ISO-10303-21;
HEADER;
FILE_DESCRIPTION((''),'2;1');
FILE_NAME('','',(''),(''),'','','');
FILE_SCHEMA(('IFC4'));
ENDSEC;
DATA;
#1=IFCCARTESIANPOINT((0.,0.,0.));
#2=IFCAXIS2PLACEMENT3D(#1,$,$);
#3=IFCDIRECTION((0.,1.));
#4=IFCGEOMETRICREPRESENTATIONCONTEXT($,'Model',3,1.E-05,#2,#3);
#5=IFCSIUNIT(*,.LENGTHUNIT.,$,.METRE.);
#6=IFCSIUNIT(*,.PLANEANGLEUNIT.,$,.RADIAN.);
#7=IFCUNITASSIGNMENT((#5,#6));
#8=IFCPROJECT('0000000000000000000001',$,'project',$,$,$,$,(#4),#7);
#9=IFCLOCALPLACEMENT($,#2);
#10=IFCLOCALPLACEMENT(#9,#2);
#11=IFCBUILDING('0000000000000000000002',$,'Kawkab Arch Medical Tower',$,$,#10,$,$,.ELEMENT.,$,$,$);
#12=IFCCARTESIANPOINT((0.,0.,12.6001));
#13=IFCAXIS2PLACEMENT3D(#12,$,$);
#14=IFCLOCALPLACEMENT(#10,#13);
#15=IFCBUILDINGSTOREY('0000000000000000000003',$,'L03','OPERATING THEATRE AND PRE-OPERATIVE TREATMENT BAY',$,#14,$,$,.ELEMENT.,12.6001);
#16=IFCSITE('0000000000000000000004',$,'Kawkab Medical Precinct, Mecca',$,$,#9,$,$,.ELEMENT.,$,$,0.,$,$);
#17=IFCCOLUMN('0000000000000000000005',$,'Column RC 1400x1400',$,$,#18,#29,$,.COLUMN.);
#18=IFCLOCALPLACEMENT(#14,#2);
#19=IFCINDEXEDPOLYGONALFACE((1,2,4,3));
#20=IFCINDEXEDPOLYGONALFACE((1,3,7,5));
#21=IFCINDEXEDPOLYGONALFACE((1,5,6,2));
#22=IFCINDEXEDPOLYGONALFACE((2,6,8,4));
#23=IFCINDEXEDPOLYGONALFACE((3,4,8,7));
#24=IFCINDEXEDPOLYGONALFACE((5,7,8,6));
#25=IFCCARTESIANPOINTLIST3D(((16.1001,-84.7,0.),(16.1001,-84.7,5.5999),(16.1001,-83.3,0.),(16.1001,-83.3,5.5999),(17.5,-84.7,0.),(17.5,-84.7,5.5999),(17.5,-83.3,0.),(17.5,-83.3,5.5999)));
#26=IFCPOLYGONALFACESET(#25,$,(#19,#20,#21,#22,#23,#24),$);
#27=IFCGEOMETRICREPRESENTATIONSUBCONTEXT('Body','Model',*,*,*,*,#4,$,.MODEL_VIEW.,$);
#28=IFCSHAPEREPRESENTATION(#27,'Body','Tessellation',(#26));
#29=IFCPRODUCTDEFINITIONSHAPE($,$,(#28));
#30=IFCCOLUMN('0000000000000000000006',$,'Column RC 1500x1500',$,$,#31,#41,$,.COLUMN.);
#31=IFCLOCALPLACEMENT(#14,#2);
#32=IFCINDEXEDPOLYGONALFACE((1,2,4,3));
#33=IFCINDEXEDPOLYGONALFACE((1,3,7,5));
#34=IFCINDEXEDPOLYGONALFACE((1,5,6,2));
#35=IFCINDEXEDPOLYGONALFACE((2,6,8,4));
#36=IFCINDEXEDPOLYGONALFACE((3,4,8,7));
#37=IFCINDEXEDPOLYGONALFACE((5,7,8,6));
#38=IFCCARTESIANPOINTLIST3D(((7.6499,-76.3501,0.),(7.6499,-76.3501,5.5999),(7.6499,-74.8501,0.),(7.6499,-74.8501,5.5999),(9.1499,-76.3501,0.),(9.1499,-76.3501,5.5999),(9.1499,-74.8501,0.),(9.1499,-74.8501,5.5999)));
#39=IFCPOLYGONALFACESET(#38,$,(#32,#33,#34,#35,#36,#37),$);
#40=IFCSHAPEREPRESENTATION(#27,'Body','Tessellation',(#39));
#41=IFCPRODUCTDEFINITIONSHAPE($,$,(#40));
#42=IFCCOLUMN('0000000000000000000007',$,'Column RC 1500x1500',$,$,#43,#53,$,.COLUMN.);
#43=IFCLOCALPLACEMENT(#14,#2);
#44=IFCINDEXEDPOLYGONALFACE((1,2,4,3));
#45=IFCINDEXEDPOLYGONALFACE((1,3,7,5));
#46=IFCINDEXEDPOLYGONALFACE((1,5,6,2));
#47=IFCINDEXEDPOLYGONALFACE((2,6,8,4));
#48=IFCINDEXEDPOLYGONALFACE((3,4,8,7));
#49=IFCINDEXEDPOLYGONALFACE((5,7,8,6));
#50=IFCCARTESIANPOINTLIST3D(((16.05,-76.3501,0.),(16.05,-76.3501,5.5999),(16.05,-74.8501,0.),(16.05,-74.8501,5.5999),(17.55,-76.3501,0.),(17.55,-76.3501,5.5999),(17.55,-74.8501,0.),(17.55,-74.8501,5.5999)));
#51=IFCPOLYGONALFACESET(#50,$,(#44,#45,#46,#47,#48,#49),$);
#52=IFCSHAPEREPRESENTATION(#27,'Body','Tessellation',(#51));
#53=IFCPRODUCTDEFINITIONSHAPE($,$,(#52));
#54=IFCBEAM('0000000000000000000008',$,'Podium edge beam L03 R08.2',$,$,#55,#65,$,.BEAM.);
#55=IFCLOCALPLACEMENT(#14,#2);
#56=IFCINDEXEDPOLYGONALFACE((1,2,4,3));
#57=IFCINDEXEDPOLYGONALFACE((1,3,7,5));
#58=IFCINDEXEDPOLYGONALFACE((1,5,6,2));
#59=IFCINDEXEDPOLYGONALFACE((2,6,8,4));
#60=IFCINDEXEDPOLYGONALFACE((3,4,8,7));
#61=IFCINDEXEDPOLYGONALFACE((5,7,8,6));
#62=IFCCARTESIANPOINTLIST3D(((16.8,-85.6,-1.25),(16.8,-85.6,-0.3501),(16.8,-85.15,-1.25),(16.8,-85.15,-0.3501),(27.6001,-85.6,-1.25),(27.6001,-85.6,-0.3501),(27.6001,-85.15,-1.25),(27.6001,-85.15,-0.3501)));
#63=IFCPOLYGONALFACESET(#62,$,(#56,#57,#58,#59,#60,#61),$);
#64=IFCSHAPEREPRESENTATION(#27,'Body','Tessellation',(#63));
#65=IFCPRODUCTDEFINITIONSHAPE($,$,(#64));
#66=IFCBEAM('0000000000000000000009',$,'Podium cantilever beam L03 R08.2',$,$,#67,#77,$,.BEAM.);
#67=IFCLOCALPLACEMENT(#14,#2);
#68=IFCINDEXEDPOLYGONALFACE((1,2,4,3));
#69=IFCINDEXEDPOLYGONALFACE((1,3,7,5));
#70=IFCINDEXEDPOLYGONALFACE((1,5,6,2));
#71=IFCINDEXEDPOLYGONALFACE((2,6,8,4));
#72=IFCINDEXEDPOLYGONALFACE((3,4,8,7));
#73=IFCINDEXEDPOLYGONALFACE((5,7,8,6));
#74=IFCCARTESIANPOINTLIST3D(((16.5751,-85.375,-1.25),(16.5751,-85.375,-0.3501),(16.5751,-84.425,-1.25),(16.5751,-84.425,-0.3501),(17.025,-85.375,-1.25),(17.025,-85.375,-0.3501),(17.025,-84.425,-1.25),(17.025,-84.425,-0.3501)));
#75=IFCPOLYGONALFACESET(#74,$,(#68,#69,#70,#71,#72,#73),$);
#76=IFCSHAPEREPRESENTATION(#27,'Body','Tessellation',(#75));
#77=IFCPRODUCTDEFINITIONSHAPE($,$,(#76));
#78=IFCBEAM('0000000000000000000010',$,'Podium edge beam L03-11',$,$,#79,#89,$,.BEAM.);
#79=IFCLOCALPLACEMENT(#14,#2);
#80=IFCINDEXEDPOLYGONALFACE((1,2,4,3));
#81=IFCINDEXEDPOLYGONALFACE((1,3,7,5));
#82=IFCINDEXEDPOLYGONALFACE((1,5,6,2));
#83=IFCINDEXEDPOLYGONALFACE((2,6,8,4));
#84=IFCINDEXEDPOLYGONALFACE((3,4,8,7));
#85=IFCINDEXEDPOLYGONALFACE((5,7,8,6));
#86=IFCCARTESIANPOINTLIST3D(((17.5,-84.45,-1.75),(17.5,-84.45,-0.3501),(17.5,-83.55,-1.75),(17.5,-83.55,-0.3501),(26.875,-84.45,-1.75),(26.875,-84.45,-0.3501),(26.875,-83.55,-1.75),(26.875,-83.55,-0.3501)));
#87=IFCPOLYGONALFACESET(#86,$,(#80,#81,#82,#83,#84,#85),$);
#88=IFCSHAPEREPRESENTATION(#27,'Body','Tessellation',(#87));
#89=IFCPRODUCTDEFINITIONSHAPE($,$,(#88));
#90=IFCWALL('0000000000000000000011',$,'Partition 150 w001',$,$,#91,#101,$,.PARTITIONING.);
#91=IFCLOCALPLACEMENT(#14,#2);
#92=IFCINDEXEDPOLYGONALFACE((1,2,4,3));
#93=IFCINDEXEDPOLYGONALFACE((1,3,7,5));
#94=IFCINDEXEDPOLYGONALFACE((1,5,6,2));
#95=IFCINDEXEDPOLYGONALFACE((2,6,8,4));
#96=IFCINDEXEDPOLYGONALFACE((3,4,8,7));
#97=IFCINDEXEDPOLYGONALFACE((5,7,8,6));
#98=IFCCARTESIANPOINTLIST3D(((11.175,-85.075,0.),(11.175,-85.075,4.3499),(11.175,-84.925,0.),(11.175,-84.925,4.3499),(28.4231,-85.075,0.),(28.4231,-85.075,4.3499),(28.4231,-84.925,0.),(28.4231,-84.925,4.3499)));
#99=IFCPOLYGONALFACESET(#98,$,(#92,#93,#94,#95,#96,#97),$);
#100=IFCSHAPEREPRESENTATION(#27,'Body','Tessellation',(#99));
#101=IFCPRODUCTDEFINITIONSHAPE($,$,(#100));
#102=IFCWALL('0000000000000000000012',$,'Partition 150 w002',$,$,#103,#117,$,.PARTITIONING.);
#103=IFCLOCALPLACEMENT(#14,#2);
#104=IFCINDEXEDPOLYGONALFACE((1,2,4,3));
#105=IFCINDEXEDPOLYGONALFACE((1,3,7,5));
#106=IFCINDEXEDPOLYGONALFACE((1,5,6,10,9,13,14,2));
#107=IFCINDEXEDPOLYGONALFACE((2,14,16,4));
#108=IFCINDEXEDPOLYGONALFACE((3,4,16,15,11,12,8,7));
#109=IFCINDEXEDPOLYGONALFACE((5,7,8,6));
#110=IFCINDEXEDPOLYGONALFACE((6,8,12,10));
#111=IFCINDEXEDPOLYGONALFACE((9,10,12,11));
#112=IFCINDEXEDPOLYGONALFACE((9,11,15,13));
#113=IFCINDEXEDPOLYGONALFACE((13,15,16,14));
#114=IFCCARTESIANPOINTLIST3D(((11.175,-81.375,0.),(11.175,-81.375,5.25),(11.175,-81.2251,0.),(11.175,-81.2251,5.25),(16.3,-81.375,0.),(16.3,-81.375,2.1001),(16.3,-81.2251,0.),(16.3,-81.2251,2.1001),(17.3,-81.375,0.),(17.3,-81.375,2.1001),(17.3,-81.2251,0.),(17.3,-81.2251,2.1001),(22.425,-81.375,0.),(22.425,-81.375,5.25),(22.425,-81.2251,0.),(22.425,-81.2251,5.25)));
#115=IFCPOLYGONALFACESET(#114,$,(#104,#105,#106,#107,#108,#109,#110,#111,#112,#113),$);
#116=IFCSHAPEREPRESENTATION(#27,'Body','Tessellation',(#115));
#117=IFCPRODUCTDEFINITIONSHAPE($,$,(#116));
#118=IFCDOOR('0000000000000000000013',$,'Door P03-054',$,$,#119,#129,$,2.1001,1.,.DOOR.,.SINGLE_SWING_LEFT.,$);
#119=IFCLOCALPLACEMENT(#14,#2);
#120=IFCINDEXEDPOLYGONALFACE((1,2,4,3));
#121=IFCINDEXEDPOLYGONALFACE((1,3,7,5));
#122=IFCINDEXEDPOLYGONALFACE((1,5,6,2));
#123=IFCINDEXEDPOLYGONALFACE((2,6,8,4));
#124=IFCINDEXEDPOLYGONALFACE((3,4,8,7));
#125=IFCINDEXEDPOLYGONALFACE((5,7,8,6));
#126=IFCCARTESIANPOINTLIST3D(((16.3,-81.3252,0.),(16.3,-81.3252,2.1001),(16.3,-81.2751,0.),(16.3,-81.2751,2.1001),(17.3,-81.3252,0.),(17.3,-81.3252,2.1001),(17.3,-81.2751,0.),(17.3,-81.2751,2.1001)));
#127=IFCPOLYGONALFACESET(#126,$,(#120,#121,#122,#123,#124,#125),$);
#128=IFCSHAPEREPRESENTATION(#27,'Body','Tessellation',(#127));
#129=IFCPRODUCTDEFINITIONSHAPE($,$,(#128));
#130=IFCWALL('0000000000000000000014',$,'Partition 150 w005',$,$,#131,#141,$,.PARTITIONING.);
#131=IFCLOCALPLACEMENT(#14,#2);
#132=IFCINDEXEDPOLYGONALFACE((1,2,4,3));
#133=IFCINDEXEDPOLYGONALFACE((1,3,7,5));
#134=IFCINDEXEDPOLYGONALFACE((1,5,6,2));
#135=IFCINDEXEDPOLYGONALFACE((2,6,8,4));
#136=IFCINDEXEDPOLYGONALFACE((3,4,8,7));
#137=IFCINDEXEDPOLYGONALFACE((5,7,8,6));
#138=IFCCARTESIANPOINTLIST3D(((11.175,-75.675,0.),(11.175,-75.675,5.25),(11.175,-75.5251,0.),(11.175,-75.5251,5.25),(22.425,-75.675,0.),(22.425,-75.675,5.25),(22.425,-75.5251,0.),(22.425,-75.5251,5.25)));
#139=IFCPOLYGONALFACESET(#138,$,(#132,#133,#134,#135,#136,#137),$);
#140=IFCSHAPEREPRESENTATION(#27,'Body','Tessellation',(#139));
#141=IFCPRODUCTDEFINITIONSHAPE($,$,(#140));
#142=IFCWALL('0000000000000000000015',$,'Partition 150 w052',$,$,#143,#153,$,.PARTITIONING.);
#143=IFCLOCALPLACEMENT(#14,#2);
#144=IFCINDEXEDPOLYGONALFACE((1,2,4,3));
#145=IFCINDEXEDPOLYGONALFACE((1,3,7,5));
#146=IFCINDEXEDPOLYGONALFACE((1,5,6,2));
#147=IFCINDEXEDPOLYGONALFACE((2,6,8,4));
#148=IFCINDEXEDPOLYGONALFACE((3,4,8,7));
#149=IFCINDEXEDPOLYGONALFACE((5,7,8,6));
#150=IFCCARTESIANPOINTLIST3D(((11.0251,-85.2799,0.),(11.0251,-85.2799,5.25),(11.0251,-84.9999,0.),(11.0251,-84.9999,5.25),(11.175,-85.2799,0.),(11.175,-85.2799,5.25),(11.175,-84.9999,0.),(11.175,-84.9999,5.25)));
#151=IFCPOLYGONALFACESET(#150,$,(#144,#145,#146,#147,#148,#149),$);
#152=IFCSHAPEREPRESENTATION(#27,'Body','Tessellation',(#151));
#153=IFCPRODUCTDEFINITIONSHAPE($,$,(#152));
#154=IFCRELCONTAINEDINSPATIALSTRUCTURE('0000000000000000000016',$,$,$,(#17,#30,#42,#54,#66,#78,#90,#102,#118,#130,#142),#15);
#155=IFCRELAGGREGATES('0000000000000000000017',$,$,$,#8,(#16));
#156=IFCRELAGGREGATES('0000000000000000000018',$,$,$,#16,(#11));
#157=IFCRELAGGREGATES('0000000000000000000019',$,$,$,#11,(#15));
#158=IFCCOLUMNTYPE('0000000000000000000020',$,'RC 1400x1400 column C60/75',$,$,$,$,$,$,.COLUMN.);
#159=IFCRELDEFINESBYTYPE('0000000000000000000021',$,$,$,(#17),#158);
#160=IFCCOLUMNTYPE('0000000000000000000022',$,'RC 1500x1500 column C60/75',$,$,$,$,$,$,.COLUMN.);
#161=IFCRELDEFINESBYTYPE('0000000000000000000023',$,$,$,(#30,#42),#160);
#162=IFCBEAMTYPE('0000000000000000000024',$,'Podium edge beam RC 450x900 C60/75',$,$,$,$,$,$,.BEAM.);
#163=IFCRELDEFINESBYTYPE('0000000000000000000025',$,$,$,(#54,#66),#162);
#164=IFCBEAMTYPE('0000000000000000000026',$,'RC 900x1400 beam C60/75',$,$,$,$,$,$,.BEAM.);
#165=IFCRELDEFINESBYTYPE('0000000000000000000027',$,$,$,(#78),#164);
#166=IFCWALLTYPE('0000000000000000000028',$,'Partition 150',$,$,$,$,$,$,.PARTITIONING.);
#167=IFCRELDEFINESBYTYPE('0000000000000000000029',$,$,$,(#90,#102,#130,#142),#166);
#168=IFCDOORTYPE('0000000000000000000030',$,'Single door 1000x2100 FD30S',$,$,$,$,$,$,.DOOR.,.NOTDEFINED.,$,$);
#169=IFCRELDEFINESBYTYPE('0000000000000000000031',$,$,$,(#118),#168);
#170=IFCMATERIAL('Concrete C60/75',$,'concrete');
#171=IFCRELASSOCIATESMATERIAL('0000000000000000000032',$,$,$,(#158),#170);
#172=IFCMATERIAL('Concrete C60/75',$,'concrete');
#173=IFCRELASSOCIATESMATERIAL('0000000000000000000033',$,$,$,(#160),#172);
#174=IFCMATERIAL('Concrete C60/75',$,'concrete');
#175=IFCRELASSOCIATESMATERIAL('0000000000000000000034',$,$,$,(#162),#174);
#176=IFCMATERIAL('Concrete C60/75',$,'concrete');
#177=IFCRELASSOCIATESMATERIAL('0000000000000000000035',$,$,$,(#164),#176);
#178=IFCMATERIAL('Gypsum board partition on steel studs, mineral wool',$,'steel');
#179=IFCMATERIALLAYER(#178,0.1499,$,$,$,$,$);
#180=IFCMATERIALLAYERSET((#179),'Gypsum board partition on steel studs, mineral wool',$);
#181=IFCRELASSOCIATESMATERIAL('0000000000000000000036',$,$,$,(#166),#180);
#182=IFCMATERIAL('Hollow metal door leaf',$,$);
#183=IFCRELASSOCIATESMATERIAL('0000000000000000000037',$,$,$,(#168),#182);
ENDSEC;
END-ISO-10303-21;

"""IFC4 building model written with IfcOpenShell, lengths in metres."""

from ifc_helpers import new_model, si_unit, direction, frame, frame_2d, origin, origin_2d, place, context, subcontext, project, spatial, rectangle, extrude, material, layer, layer_set, material_profile, profile_set, type_object, element, fill, save


model = new_model("IFC4")

# Units and contexts
model_context = context("Model", 3, precision=1e-05, world=origin(), true_north=direction((0.0, 1.0)))
body_context = subcontext(model_context, "Body", "Model", "MODEL_VIEW")
ifc_project = project(units=[si_unit("LENGTHUNIT", "METRE"), si_unit("PLANEANGLEUNIT", "RADIAN")], contexts=[model_context])

# Site, building, storey
site_placement = place(None, origin())
site = spatial("IfcSite", under=ifc_project, at=site_placement, Name="Kawkab Medical Precinct, Mecca", CompositionType="ELEMENT", RefElevation=0.0)
building_placement = place(site_placement, origin())
building = spatial("IfcBuilding", under=site, at=building_placement, Name="Kawkab Arch Medical Tower", CompositionType="ELEMENT")
storey_placement = place(building_placement, frame((0.0, 0.0, 12.6001)))
storey = spatial("IfcBuildingStorey", under=building, at=storey_placement, Name="L03", Description="OPERATING THEATRE AND PRE-OPERATIVE TREATMENT BAY", CompositionType="ELEMENT", Elevation=12.6001)

# Columns
ifc_material_1 = material(Name="Concrete C60/75", Category="concrete")
ifc_material_profile_1 = material_profile(ifc_material_1, rectangle(XDim=1.3999, YDim=1.3999, at=origin_2d()), Name="RC 1400x1400")
ifc_profile_set_1 = profile_set([ifc_material_profile_1], Name="Concrete C60/75")
column_type_1 = type_object("IfcColumnType", Name="RC 1400x1400 column C60/75", PredefinedType="COLUMN", material=ifc_profile_set_1)
column_placement = place(storey_placement, frame((16.8, -84.0, 0.0), z_axis=(0.0, 0.0, 1.0), x_axis=(1.0, 0.0, 0.0)))
element("IfcColumn", 1, at=column_placement, inside=storey, type_object=column_type_1, Name="Column RC 1400x1400", PredefinedType="COLUMN", context=body_context, shape_type="SweptSolid", body=[
    extrude(rectangle(XDim=1.3999, YDim=1.3999, at=origin_2d()), origin(), (0.0, 0.0, 1.0), 5.5999),
])
ifc_material_2 = material(Name="Concrete C60/75", Category="concrete")
ifc_material_profile_2 = material_profile(ifc_material_2, rectangle(XDim=1.5, YDim=1.5, at=origin_2d()), Name="RC 1500x1500")
ifc_profile_set_2 = profile_set([ifc_material_profile_2], Name="Concrete C60/75")
column_type_2 = type_object("IfcColumnType", Name="RC 1500x1500 column C60/75", PredefinedType="COLUMN", material=ifc_profile_set_2)
for number, where, z_axis, x_axis, name in (
    (2, (8.3999, -75.6001, 0.0), (0.0, 0.0, 1.0), (1.0, 0.0, 0.0), "Column RC 1500x1500"),
    (3, (16.8, -75.6001, 0.0), (0.0, 0.0, 1.0), (1.0, 0.0, 0.0), "Column RC 1500x1500"),
):
    element("IfcColumn", number, at=place(storey_placement, frame(where, z_axis=z_axis, x_axis=x_axis)), inside=storey, type_object=column_type_2, Name=name, PredefinedType="COLUMN", context=body_context, shape_type="SweptSolid", body=[
        extrude(rectangle(XDim=1.5, YDim=1.5, at=origin_2d()), origin(), (0.0, 0.0, 1.0), 5.5999),
    ])

# Beams
ifc_material_3 = material(Name="Concrete C60/75", Category="concrete")
ifc_material_profile_3 = material_profile(ifc_material_3, rectangle(XDim=0.45, YDim=0.8999, at=origin_2d()), Name="RC 450x900")
ifc_profile_set_3 = profile_set([ifc_material_profile_3], Name="Concrete C60/75")
beam_type_1 = type_object("IfcBeamType", Name="Podium edge beam RC 450x900 C60/75", PredefinedType="BEAM", material=ifc_profile_set_3)
beam_1_placement = place(storey_placement, frame((16.8, -85.375, -0.8), z_axis=(1.0, 0.0, 0.0), x_axis=(0.0, 1.0, 0.0)))
element("IfcBeam", 4, at=beam_1_placement, inside=storey, type_object=beam_type_1, Name="Podium edge beam L03 R08.2", PredefinedType="BEAM", context=body_context, shape_type="SweptSolid", body=[
    extrude(rectangle(XDim=0.45, YDim=0.8999, at=origin_2d()), origin(), (0.0, 0.0, 1.0), 10.8),
])
beam_2_placement = place(storey_placement, frame((16.8, -84.425, -0.8), z_axis=(0.0, -1.0, 0.0), x_axis=(1.0, 0.0, 0.0)))
element("IfcBeam", 5, at=beam_2_placement, inside=storey, type_object=beam_type_1, Name="Podium cantilever beam L03 R08.2", PredefinedType="BEAM", context=body_context, shape_type="SweptSolid", body=[
    extrude(rectangle(XDim=0.45, YDim=0.8999, at=origin_2d()), origin(), (0.0, 0.0, 1.0), 0.95),
])
ifc_material_4 = material(Name="Concrete C60/75", Category="concrete")
ifc_material_profile_4 = material_profile(ifc_material_4, rectangle(XDim=0.8999, YDim=1.3999, at=origin_2d()), Name="RC 900x1400")
ifc_profile_set_4 = profile_set([ifc_material_profile_4], Name="Concrete C60/75")
beam_type_2 = type_object("IfcBeamType", Name="RC 900x1400 beam C60/75", PredefinedType="BEAM", material=ifc_profile_set_4)
beam_3_placement = place(storey_placement, frame((17.5, -84.0, -1.05), z_axis=(1.0, 0.0, 0.0), x_axis=(0.0, 1.0, 0.0)))
element("IfcBeam", 6, at=beam_3_placement, inside=storey, type_object=beam_type_2, Name="Podium edge beam L03-11", PredefinedType="BEAM", context=body_context, shape_type="SweptSolid", body=[
    extrude(rectangle(XDim=0.8999, YDim=1.3999, at=origin_2d()), origin(), (0.0, 0.0, 1.0), 9.375),
])

# Wall
ifc_material_5 = material(Name="Gypsum board partition on steel studs, mineral wool", Category="steel")
ifc_layer_1 = layer(ifc_material_5, 0.1499)
ifc_layer_set_1 = layer_set([ifc_layer_1], Name="Gypsum board partition on steel studs, mineral wool")
wall_type_1 = type_object("IfcWallType", Name="Partition 150", PredefinedType="PARTITIONING", material=ifc_layer_set_1)
wall_1_placement = place(storey_placement, frame((11.175, -85.0, 0.0), z_axis=(0.0, 0.0, 1.0), x_axis=(1.0, 0.0, 0.0)))
element("IfcWall", 7, at=wall_1_placement, inside=storey, type_object=wall_type_1, Name="Partition 150 w001", PredefinedType="PARTITIONING", context=body_context, shape_type="SweptSolid", body=[
    extrude(rectangle(XDim=17.248, YDim=0.1499, at=frame_2d((8.624, 0.0))), origin(), (0.0, 0.0, 1.0), 4.3499),
])

# Wall, opening, door
wall_2_placement = place(storey_placement, frame((11.175, -81.3, 0.0), z_axis=(0.0, 0.0, 1.0), x_axis=(1.0, 0.0, 0.0)))
wall_2 = element("IfcWall", 8, at=wall_2_placement, inside=storey, type_object=wall_type_1, Name="Partition 150 w002", PredefinedType="PARTITIONING", context=body_context, shape_type="SweptSolid", body=[
    extrude(rectangle(XDim=11.25, YDim=0.1499, at=frame_2d((5.625, 0.0))), origin(), (0.0, 0.0, 1.0), 5.25),
])
opening_1_placement = place(wall_2_placement, frame((5.125, 0.0, 0.0)))
opening_1 = element("IfcOpeningElement", 9, at=opening_1_placement, cuts=wall_2, PredefinedType="OPENING", context=body_context, shape_type="SweptSolid", body=[
    extrude(rectangle(XDim=1.0, YDim=2.1001, at=frame_2d((0.5, 1.05))), frame((0.0, 0.085, 0.0), z_axis=(0.0, -1.0, 0.0), x_axis=(1.0, 0.0, 0.0)), (0.0, 0.0, 1.0), 0.1699),
])
ifc_material_6 = material(Name="Hollow metal door leaf")
door_type_1 = type_object("IfcDoorType", Name="Single door 1000x2100 FD30S", OperationType="NOTDEFINED", PredefinedType="DOOR", material=ifc_material_6)
door_1_placement = place(opening_1_placement, origin())
door_1 = element("IfcDoor", 10, at=door_1_placement, inside=storey, type_object=door_type_1, Name="Door P03-054", OperationType="SINGLE_SWING_LEFT", OverallHeight=2.1001, OverallWidth=1.0, PredefinedType="DOOR", context=body_context, shape_type="SweptSolid", body=[
    extrude(rectangle(XDim=1.0, YDim=2.1001, at=frame_2d((0.5, 1.05))), frame((0.0, 0.0249, 0.0), z_axis=(0.0, -1.0, 0.0), x_axis=(1.0, 0.0, 0.0)), (0.0, 0.0, 1.0), 0.05),
])
fill(opening_1, door_1)

# Walls
wall_3_placement = place(storey_placement, frame((11.175, -75.6001, 0.0), z_axis=(0.0, 0.0, 1.0), x_axis=(1.0, 0.0, 0.0)))
element("IfcWall", 11, at=wall_3_placement, inside=storey, type_object=wall_type_1, Name="Partition 150 w005", PredefinedType="PARTITIONING", context=body_context, shape_type="SweptSolid", body=[
    extrude(rectangle(XDim=11.25, YDim=0.1499, at=frame_2d((5.625, 0.0))), origin(), (0.0, 0.0, 1.0), 5.25),
])
wall_4_placement = place(storey_placement, frame((11.1001, -85.28, 0.0), z_axis=(0.0, 0.0, 1.0), x_axis=(0.0, 1.0, 0.0)))
element("IfcWall", 12, at=wall_4_placement, inside=storey, type_object=wall_type_1, Name="Partition 150 w052", PredefinedType="PARTITIONING", context=body_context, shape_type="SweptSolid", body=[
    extrude(rectangle(XDim=0.28, YDim=0.1499, at=frame_2d((0.1401, 0.0))), origin(), (0.0, 0.0, 1.0), 5.25),
])

save(model, "model.ifc")
